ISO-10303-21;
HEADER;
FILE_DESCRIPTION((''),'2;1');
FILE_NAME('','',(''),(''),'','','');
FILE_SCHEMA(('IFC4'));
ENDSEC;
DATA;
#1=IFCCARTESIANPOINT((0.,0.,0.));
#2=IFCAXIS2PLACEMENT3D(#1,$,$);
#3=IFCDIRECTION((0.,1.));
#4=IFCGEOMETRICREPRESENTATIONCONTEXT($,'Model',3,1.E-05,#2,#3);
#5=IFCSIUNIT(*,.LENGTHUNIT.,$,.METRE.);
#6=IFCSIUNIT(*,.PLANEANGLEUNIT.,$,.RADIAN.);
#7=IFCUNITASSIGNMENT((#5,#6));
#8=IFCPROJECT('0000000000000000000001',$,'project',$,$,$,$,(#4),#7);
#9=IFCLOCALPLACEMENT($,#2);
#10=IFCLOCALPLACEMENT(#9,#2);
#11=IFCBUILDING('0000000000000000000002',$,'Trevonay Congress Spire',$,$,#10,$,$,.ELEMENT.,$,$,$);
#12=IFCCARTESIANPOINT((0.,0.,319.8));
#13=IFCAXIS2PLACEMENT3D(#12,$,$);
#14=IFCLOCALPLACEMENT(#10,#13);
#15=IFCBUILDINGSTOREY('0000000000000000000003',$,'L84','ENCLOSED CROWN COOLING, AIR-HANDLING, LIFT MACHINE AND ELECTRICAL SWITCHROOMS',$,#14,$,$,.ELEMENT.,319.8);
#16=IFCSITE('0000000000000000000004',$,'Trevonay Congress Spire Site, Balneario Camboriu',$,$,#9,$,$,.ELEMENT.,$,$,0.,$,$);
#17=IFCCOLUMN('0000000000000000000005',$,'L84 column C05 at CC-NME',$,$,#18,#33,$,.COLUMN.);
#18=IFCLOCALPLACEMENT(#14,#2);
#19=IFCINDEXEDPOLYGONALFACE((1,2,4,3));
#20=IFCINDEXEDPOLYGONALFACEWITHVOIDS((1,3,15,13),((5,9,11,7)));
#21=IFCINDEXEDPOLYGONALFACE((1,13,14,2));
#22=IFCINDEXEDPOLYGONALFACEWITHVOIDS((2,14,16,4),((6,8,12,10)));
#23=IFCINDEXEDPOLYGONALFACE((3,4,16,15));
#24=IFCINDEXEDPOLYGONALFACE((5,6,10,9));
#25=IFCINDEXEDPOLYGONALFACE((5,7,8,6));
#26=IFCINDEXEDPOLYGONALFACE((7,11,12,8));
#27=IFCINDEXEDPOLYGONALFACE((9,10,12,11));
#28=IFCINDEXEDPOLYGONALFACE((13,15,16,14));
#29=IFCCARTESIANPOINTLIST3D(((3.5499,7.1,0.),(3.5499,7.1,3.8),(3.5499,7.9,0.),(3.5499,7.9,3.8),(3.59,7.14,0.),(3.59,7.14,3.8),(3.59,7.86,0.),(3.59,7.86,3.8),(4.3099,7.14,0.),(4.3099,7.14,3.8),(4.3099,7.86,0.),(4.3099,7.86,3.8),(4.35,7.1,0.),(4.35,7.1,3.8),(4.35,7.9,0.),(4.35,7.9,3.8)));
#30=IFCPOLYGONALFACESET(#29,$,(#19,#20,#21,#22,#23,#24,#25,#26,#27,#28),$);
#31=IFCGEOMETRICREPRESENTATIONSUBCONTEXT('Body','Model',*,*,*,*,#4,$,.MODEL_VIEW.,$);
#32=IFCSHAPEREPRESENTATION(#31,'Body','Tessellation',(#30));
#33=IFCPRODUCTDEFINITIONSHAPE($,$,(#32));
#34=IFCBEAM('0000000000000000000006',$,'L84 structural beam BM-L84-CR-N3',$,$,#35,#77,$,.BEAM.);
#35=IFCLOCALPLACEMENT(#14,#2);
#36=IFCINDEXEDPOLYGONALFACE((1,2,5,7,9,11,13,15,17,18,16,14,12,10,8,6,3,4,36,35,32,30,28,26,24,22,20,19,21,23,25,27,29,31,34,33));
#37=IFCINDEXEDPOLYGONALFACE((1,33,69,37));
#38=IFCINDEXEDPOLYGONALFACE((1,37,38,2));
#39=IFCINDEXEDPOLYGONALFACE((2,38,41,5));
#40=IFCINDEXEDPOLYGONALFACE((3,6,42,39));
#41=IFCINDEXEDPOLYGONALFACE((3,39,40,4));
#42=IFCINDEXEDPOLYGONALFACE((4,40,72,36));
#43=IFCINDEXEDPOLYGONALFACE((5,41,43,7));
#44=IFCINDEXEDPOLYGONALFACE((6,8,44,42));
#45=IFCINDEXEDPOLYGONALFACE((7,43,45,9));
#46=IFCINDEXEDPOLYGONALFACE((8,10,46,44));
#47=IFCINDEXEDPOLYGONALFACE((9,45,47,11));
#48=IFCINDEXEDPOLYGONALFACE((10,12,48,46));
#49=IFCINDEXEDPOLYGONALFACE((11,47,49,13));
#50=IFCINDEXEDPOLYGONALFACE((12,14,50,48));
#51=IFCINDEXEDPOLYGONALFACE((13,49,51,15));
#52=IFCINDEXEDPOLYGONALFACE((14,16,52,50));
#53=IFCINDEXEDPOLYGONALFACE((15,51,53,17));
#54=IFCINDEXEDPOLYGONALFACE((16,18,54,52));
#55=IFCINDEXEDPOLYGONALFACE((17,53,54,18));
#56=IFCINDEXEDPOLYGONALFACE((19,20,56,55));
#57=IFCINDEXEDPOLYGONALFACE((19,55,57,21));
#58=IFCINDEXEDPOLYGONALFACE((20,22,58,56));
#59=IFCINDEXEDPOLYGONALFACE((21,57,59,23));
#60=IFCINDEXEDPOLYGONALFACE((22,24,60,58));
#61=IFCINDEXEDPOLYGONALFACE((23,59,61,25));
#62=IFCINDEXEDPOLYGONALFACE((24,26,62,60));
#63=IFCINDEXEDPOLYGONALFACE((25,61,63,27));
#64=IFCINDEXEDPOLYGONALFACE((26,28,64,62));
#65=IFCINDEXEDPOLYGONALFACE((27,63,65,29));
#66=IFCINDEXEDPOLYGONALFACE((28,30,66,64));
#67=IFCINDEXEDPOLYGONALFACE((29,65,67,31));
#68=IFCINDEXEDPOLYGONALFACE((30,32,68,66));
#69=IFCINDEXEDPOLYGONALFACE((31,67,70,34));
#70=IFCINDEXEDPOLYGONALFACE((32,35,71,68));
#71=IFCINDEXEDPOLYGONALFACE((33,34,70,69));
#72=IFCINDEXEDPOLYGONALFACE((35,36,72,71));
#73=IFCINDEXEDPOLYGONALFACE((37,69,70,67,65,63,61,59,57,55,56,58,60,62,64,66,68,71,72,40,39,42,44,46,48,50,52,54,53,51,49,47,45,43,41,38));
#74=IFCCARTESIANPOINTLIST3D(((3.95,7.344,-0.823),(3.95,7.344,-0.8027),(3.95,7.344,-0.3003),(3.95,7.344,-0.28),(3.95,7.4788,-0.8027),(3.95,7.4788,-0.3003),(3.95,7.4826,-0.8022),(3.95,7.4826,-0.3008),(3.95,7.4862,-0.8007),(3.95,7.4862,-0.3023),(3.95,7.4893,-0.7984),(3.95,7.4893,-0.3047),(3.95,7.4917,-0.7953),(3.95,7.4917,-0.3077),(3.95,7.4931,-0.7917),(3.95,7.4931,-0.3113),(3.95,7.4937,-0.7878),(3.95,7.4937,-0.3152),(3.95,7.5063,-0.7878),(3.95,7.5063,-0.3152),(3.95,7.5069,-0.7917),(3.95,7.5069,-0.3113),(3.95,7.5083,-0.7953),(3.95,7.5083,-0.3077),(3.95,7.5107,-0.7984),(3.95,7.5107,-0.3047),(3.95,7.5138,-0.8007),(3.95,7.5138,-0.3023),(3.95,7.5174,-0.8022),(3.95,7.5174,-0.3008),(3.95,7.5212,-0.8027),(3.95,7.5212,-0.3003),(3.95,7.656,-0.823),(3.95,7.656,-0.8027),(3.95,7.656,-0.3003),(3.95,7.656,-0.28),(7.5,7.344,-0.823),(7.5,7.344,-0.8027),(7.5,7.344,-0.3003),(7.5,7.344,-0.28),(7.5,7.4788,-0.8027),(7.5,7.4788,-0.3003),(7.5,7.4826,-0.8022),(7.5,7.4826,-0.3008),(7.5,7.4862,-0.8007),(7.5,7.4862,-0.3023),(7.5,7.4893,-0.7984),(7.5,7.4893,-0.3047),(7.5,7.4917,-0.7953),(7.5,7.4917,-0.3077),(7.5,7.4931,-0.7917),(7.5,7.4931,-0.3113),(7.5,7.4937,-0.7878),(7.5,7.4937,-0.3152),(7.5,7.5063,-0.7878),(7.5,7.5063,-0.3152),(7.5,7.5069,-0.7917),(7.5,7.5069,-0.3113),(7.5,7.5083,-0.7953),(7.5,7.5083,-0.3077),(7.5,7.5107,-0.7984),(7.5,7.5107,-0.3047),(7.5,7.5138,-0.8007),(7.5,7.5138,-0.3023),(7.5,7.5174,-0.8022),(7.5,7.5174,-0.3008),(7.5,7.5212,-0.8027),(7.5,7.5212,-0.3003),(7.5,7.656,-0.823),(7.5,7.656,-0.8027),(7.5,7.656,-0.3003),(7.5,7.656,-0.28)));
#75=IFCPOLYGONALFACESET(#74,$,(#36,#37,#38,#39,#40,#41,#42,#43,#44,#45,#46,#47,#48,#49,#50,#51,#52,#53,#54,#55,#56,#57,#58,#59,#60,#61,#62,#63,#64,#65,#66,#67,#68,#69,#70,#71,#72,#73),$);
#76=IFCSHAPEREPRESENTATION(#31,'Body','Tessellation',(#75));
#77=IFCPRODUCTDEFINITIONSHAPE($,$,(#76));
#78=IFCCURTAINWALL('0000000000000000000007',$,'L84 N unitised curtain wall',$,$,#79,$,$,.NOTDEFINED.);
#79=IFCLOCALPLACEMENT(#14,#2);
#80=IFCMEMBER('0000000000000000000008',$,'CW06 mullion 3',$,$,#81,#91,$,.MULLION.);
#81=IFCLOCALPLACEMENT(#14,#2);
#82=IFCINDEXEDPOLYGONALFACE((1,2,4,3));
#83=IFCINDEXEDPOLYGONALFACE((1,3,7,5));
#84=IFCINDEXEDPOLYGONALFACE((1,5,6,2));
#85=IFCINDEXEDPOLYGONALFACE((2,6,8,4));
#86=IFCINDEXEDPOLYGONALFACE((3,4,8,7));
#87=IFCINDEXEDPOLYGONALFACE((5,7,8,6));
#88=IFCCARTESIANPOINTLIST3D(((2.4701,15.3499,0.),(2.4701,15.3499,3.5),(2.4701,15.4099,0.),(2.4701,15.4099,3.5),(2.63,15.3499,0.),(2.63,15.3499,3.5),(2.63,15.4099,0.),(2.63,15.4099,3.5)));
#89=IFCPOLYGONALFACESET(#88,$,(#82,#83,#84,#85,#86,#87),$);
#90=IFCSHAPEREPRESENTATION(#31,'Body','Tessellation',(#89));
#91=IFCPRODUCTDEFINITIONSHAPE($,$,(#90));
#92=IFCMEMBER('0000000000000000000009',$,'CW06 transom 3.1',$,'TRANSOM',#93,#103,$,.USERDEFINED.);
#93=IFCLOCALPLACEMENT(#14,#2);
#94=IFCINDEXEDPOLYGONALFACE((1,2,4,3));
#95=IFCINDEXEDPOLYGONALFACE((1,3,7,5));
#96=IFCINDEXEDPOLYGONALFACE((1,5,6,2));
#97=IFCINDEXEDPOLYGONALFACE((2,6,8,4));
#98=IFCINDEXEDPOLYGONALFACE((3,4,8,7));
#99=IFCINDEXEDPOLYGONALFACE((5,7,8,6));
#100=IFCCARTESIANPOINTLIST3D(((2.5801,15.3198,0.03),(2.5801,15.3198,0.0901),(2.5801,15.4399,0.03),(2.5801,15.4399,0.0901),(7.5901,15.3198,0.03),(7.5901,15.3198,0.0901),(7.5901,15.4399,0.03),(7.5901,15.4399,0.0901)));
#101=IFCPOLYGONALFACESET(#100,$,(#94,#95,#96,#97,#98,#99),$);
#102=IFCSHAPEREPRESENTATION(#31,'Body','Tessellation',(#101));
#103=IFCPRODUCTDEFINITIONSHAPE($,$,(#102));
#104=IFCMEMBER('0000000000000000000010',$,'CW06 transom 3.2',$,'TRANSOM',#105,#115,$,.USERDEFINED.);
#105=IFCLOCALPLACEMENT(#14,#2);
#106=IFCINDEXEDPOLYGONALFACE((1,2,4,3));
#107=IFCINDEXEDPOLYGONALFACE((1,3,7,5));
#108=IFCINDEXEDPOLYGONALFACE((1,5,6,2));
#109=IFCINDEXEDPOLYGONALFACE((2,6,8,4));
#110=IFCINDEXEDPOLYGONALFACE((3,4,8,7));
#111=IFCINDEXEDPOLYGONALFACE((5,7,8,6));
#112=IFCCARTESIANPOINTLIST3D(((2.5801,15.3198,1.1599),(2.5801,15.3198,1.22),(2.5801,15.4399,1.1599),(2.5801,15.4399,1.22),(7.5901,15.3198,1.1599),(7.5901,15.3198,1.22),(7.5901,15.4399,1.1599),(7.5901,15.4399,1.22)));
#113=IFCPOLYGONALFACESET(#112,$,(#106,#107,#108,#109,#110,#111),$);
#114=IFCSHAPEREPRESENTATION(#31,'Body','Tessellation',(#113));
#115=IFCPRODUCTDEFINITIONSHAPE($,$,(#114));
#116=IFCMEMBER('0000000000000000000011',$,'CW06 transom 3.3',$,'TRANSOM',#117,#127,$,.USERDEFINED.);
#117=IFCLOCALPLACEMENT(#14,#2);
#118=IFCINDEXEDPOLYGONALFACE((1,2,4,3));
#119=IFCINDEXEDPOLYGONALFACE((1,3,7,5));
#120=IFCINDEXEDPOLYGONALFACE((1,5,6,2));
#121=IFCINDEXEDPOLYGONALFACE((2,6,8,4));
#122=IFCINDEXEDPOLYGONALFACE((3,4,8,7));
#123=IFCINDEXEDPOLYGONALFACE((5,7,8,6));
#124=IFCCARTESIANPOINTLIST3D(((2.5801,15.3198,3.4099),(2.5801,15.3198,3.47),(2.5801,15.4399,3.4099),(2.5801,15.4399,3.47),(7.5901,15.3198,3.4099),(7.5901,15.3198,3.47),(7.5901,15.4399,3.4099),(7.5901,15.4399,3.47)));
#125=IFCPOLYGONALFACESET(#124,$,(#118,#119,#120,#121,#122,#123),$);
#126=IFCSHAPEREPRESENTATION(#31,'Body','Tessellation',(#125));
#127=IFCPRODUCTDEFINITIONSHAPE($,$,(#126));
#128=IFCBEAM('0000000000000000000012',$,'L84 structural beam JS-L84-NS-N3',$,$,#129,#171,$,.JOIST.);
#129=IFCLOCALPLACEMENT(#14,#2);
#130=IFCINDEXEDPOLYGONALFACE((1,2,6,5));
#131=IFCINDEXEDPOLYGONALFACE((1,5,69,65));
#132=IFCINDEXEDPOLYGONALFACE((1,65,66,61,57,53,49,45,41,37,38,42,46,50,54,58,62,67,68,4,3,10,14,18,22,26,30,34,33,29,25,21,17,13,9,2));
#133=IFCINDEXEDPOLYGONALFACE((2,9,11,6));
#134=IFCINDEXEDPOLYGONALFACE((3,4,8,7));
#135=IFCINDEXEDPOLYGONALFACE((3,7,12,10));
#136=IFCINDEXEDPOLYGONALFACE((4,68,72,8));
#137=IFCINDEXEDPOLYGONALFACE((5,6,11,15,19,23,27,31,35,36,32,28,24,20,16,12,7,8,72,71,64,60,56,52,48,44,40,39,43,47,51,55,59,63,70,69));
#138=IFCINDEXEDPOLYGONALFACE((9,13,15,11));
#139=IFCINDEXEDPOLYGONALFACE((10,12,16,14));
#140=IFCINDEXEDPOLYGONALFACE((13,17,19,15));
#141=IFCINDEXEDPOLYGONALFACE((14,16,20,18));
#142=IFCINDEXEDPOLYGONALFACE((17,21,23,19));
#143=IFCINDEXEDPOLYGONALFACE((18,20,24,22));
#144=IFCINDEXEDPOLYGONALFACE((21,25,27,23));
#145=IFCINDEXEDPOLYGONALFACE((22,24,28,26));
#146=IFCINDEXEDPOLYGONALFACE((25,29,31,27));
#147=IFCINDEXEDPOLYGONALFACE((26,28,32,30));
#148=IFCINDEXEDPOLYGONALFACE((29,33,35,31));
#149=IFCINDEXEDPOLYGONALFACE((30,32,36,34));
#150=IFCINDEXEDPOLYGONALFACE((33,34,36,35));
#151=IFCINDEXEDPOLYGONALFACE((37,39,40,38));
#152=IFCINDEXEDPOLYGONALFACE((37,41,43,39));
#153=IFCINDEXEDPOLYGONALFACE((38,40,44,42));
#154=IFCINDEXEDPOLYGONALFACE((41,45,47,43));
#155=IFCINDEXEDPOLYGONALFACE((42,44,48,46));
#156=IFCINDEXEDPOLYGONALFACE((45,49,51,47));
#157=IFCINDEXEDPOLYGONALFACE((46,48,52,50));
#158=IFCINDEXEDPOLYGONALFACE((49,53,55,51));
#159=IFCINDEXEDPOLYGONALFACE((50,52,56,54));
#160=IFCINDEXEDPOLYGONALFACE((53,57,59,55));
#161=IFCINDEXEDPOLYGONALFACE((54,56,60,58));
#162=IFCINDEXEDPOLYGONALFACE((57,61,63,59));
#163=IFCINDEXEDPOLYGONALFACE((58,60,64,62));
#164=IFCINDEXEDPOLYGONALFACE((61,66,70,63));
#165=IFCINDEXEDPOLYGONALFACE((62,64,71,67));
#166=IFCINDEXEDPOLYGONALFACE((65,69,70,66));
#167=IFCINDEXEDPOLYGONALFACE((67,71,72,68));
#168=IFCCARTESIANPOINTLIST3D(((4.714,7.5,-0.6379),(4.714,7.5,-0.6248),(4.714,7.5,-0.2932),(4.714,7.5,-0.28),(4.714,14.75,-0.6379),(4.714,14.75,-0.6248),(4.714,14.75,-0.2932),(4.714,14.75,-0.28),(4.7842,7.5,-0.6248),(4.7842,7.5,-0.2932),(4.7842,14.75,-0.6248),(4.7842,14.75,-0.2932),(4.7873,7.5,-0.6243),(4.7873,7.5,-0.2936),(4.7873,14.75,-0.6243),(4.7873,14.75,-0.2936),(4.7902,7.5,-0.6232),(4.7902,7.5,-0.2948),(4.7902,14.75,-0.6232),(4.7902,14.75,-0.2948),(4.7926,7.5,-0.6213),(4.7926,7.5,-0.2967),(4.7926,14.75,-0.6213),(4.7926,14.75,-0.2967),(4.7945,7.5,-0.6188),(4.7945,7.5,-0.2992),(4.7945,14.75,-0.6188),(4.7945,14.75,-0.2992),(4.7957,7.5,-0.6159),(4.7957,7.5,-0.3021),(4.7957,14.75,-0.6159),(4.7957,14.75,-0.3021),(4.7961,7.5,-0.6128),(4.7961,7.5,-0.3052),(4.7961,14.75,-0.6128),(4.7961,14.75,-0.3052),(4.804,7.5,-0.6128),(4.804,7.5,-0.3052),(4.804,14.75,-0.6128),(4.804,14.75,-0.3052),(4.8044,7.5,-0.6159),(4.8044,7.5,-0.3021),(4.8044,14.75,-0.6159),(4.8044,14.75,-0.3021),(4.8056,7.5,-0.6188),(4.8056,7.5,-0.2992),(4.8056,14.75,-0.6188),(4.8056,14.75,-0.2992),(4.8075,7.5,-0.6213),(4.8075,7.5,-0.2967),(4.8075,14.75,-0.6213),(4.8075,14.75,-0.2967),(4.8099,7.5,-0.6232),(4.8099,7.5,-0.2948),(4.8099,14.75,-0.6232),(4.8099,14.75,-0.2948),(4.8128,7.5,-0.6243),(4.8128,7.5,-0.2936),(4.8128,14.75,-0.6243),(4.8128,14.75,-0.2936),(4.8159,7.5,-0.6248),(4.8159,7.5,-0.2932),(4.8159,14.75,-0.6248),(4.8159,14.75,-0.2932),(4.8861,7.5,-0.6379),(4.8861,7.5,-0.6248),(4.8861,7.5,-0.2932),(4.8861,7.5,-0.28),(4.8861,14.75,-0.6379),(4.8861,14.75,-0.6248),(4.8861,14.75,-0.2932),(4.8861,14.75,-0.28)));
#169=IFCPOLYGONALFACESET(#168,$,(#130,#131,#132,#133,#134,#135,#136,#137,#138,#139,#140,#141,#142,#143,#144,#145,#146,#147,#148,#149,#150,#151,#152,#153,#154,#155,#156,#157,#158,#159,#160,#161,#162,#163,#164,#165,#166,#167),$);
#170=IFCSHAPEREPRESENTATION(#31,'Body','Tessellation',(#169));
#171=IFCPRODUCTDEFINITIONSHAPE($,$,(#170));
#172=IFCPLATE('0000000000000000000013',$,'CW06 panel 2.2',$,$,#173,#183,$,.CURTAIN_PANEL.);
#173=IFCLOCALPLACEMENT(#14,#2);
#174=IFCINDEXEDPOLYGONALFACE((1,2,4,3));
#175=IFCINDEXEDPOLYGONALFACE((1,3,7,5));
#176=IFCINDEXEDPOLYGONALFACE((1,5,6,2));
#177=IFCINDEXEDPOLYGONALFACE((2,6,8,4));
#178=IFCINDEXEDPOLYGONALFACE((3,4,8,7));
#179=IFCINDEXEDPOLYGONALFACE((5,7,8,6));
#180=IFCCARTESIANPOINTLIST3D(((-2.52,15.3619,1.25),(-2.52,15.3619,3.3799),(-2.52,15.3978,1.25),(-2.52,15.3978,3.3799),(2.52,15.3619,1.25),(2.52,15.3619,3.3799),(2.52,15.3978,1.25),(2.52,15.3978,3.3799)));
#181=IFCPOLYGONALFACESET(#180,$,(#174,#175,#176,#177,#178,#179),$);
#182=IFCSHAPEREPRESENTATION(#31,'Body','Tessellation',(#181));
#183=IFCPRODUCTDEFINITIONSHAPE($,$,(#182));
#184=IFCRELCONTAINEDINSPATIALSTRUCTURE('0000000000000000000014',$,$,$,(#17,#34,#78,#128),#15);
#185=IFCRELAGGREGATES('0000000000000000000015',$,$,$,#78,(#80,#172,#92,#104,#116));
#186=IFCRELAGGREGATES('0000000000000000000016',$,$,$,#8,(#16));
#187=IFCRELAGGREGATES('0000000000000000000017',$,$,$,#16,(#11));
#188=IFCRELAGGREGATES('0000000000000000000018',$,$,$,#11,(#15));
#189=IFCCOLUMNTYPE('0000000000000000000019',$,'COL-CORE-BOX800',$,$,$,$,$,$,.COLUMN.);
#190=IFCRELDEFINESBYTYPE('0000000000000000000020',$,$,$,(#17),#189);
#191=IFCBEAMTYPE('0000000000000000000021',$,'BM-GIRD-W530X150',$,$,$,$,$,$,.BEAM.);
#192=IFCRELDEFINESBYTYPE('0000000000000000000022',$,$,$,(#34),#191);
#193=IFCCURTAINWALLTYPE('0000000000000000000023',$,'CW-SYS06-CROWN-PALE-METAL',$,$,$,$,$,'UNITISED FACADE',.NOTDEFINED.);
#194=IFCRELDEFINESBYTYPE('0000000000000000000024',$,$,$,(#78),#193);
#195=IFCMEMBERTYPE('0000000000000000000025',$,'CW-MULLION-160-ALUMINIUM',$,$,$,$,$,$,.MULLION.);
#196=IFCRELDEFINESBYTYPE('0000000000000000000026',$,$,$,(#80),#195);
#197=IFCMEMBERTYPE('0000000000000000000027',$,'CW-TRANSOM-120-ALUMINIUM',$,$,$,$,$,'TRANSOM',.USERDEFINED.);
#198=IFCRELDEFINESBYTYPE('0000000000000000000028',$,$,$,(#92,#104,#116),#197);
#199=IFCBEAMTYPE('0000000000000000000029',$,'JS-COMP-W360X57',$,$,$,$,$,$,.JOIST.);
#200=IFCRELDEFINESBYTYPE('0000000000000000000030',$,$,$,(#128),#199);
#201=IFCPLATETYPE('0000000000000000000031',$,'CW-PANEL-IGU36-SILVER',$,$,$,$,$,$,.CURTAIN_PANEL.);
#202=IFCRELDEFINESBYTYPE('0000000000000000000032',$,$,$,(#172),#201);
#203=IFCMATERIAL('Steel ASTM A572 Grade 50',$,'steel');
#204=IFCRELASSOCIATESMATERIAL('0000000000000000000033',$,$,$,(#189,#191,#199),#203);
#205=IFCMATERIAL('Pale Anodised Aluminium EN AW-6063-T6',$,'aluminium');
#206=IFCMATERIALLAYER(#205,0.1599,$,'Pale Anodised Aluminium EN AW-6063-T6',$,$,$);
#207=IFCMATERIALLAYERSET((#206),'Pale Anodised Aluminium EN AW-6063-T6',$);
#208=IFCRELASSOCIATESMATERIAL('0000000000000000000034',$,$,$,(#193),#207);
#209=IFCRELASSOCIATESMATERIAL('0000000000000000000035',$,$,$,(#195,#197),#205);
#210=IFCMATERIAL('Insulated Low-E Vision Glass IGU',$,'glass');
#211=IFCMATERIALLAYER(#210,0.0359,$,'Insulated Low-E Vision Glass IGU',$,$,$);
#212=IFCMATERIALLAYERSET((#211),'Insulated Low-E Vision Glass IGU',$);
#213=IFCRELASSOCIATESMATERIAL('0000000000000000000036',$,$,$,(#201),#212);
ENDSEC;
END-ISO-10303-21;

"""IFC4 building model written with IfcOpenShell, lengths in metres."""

from ifc_helpers import new_model, si_unit, direction, frame, origin, origin_2d, place, context, subcontext, project, spatial, rectangle, hollow_rectangle, i_section, extrude, material, layer, layer_set, material_profile, profile_set, type_object, element, aggregate, save


model = new_model("IFC4")

# Units and contexts
model_context = context("Model", 3, precision=1e-05, world=origin(), true_north=direction((0.0, 1.0)))
body_context = subcontext(model_context, "Body", "Model", "MODEL_VIEW")
ifc_project = project(units=[si_unit("LENGTHUNIT", "METRE"), si_unit("PLANEANGLEUNIT", "RADIAN")], contexts=[model_context])

# Site, building, storey
site_placement = place(None, origin())
site = spatial("IfcSite", under=ifc_project, at=site_placement, Name="Trevonay Congress Spire Site, Balneario Camboriu", CompositionType="ELEMENT", RefElevation=0.0)
building_placement = place(site_placement, origin())
building = spatial("IfcBuilding", under=site, at=building_placement, Name="Trevonay Congress Spire", CompositionType="ELEMENT")
storey_placement = place(building_placement, frame((0.0, 0.0, 319.8)))
storey = spatial("IfcBuildingStorey", under=building, at=storey_placement, Name="L84", Description="ENCLOSED CROWN COOLING, AIR-HANDLING, LIFT MACHINE AND ELECTRICAL SWITCHROOMS", CompositionType="ELEMENT", Elevation=319.8)

# Column
ifc_material_1 = material(Name="Steel ASTM A572 Grade 50", Category="steel")
ifc_material_profile_1 = material_profile(ifc_material_1, hollow_rectangle(XDim=0.8, YDim=0.8, WallThickness=0.04, at=origin_2d()), Name="BOX 800x800x40")
ifc_profile_set_1 = profile_set([ifc_material_profile_1], Name="Steel ASTM A572 Grade 50")
column_type = type_object("IfcColumnType", Name="COL-CORE-BOX800", PredefinedType="COLUMN", material=ifc_profile_set_1)
column_placement = place(storey_placement, frame((3.95, 7.5, 0.0), z_axis=(0.0, 0.0, 1.0), x_axis=(1.0, 0.0, 0.0)))
element("IfcColumn", 1, at=column_placement, inside=storey, type_object=column_type, Name="L84 column C05 at CC-NME", PredefinedType="COLUMN", context=body_context, shape_type="SweptSolid", body=[
    extrude(hollow_rectangle(XDim=0.8, YDim=0.8, WallThickness=0.04, at=origin_2d()), origin(), (0.0, 0.0, 1.0), 3.8),
])

# Beam
ifc_material_profile_2 = material_profile(ifc_material_1, i_section(OverallWidth=0.312, OverallDepth=0.543, WebThickness=0.0127, FlangeThickness=0.0203, FilletRadius=0.0149, at=origin_2d()), Name="W530x150")
ifc_profile_set_2 = profile_set([ifc_material_profile_2], Name="Steel ASTM A572 Grade 50")
beam_type_1 = type_object("IfcBeamType", Name="BM-GIRD-W530X150", PredefinedType="BEAM", material=ifc_profile_set_2)
beam_1_placement = place(storey_placement, frame((3.95, 7.5, -0.5515), z_axis=(1.0, 0.0, 0.0), x_axis=(0.0, 1.0, 0.0)))
element("IfcBeam", 2, at=beam_1_placement, inside=storey, type_object=beam_type_1, Name="L84 structural beam BM-L84-CR-N3", PredefinedType="BEAM", context=body_context, shape_type="SweptSolid", body=[
    extrude(i_section(OverallWidth=0.312, OverallDepth=0.543, WebThickness=0.0127, FlangeThickness=0.0203, FilletRadius=0.0149, at=origin_2d()), origin(), (0.0, 0.0, 1.0), 3.55),
])

# Curtain wall, members
ifc_material_2 = material(Name="Pale Anodised Aluminium EN AW-6063-T6", Category="aluminium")
ifc_layer_1 = layer(ifc_material_2, 0.1599, Name="Pale Anodised Aluminium EN AW-6063-T6")
ifc_layer_set_1 = layer_set([ifc_layer_1], Name="Pale Anodised Aluminium EN AW-6063-T6")
curtain_wall_type = type_object("IfcCurtainWallType", Name="CW-SYS06-CROWN-PALE-METAL", ElementType="UNITISED FACADE", PredefinedType="NOTDEFINED", material=ifc_layer_set_1)
curtain_wall_placement = place(storey_placement, origin())
curtain_wall = element("IfcCurtainWall", 3, at=curtain_wall_placement, inside=storey, type_object=curtain_wall_type, Name="L84 N unitised curtain wall", PredefinedType="NOTDEFINED")
ifc_material_profile_3 = material_profile(ifc_material_2, rectangle(XDim=0.0601, YDim=0.1599, at=origin_2d()), Name="CW-MULLION-160-ALUMINIUM")
ifc_profile_set_3 = profile_set([ifc_material_profile_3], Name="Pale Anodised Aluminium EN AW-6063-T6")
member_type_1 = type_object("IfcMemberType", Name="CW-MULLION-160-ALUMINIUM", PredefinedType="MULLION", material=ifc_profile_set_3)
member_1_placement = place(storey_placement, frame((2.55, 15.3799, 0.0), z_axis=(0.0, 0.0, 1.0), x_axis=(0.0, 1.0, 0.0)))
member_1 = element("IfcMember", 4, at=member_1_placement, type_object=member_type_1, Name="CW06 mullion 3", PredefinedType="MULLION", context=body_context, shape_type="SweptSolid", body=[
    extrude(rectangle(XDim=0.0601, YDim=0.1599, at=origin_2d()), origin(), (0.0, 0.0, 1.0), 3.5),
])
ifc_material_profile_4 = material_profile(ifc_material_2, rectangle(XDim=0.1201, YDim=0.0601, at=origin_2d()), Name="CW-TRANSOM-120-ALUMINIUM")
ifc_profile_set_4 = profile_set([ifc_material_profile_4], Name="Pale Anodised Aluminium EN AW-6063-T6")
member_type_2 = type_object("IfcMemberType", Name="CW-TRANSOM-120-ALUMINIUM", ElementType="TRANSOM", PredefinedType="USERDEFINED", material=ifc_profile_set_4)
member_2_placement = place(storey_placement, frame((2.5801, 15.3799, 0.0601), z_axis=(1.0, 0.0, 0.0), x_axis=(0.0, 1.0, 0.0)))
member_2 = element("IfcMember", 5, at=member_2_placement, type_object=member_type_2, Name="CW06 transom 3.1", ObjectType="TRANSOM", PredefinedType="USERDEFINED", context=body_context, shape_type="SweptSolid", body=[
    extrude(rectangle(XDim=0.1201, YDim=0.0601, at=origin_2d()), origin(), (0.0, 0.0, 1.0), 5.01),
])
member_3_placement = place(storey_placement, frame((2.5801, 15.3799, 1.1899), z_axis=(1.0, 0.0, 0.0), x_axis=(0.0, 1.0, 0.0)))
member_3 = element("IfcMember", 6, at=member_3_placement, type_object=member_type_2, Name="CW06 transom 3.2", ObjectType="TRANSOM", PredefinedType="USERDEFINED", context=body_context, shape_type="SweptSolid", body=[
    extrude(rectangle(XDim=0.1201, YDim=0.0601, at=origin_2d()), origin(), (0.0, 0.0, 1.0), 5.01),
])
member_4_placement = place(storey_placement, frame((2.5801, 15.3799, 3.4399), z_axis=(1.0, 0.0, 0.0), x_axis=(0.0, 1.0, 0.0)))
member_4 = element("IfcMember", 7, at=member_4_placement, type_object=member_type_2, Name="CW06 transom 3.3", ObjectType="TRANSOM", PredefinedType="USERDEFINED", context=body_context, shape_type="SweptSolid", body=[
    extrude(rectangle(XDim=0.1201, YDim=0.0601, at=origin_2d()), origin(), (0.0, 0.0, 1.0), 5.01),
])

# Beam
ifc_material_profile_5 = material_profile(ifc_material_1, i_section(OverallWidth=0.1721, OverallDepth=0.3579, WebThickness=0.0078, FlangeThickness=0.0132, FilletRadius=0.012, at=origin_2d()), Name="W360x57.8")
ifc_profile_set_5 = profile_set([ifc_material_profile_5], Name="Steel ASTM A572 Grade 50")
beam_type_2 = type_object("IfcBeamType", Name="JS-COMP-W360X57", PredefinedType="JOIST", material=ifc_profile_set_5)
beam_2_placement = place(storey_placement, frame((4.8, 7.5, -0.459), z_axis=(0.0, 1.0, 0.0), x_axis=(-1.0, 0.0, 0.0)))
element("IfcBeam", 8, at=beam_2_placement, inside=storey, type_object=beam_type_2, Name="L84 structural beam JS-L84-NS-N3", PredefinedType="JOIST", context=body_context, shape_type="SweptSolid", body=[
    extrude(i_section(OverallWidth=0.1721, OverallDepth=0.3579, WebThickness=0.0078, FlangeThickness=0.0132, FilletRadius=0.012, at=origin_2d()), origin(), (0.0, 0.0, 1.0), 7.25),
])

# Plate
ifc_material_3 = material(Name="Insulated Low-E Vision Glass IGU", Category="glass")
ifc_layer_2 = layer(ifc_material_3, 0.0359, Name="Insulated Low-E Vision Glass IGU")
ifc_layer_set_2 = layer_set([ifc_layer_2], Name="Insulated Low-E Vision Glass IGU")
plate_type = type_object("IfcPlateType", Name="CW-PANEL-IGU36-SILVER", PredefinedType="CURTAIN_PANEL", material=ifc_layer_set_2)
plate_1_placement = place(storey_placement, frame((0.0, 15.3799, 1.25), z_axis=(0.0, 0.0, 1.0), x_axis=(1.0, 0.0, 0.0)))
plate_1 = element("IfcPlate", 9, at=plate_1_placement, type_object=plate_type, Name="CW06 panel 2.2", PredefinedType="CURTAIN_PANEL", context=body_context, shape_type="SweptSolid", body=[
    extrude(rectangle(XDim=5.04, YDim=0.0359, at=origin_2d()), origin(), (0.0, 0.0, 1.0), 2.1299),
])
aggregate(curtain_wall, [member_1, plate_1, member_2, member_3, member_4])

save(model, "model.ifc")
